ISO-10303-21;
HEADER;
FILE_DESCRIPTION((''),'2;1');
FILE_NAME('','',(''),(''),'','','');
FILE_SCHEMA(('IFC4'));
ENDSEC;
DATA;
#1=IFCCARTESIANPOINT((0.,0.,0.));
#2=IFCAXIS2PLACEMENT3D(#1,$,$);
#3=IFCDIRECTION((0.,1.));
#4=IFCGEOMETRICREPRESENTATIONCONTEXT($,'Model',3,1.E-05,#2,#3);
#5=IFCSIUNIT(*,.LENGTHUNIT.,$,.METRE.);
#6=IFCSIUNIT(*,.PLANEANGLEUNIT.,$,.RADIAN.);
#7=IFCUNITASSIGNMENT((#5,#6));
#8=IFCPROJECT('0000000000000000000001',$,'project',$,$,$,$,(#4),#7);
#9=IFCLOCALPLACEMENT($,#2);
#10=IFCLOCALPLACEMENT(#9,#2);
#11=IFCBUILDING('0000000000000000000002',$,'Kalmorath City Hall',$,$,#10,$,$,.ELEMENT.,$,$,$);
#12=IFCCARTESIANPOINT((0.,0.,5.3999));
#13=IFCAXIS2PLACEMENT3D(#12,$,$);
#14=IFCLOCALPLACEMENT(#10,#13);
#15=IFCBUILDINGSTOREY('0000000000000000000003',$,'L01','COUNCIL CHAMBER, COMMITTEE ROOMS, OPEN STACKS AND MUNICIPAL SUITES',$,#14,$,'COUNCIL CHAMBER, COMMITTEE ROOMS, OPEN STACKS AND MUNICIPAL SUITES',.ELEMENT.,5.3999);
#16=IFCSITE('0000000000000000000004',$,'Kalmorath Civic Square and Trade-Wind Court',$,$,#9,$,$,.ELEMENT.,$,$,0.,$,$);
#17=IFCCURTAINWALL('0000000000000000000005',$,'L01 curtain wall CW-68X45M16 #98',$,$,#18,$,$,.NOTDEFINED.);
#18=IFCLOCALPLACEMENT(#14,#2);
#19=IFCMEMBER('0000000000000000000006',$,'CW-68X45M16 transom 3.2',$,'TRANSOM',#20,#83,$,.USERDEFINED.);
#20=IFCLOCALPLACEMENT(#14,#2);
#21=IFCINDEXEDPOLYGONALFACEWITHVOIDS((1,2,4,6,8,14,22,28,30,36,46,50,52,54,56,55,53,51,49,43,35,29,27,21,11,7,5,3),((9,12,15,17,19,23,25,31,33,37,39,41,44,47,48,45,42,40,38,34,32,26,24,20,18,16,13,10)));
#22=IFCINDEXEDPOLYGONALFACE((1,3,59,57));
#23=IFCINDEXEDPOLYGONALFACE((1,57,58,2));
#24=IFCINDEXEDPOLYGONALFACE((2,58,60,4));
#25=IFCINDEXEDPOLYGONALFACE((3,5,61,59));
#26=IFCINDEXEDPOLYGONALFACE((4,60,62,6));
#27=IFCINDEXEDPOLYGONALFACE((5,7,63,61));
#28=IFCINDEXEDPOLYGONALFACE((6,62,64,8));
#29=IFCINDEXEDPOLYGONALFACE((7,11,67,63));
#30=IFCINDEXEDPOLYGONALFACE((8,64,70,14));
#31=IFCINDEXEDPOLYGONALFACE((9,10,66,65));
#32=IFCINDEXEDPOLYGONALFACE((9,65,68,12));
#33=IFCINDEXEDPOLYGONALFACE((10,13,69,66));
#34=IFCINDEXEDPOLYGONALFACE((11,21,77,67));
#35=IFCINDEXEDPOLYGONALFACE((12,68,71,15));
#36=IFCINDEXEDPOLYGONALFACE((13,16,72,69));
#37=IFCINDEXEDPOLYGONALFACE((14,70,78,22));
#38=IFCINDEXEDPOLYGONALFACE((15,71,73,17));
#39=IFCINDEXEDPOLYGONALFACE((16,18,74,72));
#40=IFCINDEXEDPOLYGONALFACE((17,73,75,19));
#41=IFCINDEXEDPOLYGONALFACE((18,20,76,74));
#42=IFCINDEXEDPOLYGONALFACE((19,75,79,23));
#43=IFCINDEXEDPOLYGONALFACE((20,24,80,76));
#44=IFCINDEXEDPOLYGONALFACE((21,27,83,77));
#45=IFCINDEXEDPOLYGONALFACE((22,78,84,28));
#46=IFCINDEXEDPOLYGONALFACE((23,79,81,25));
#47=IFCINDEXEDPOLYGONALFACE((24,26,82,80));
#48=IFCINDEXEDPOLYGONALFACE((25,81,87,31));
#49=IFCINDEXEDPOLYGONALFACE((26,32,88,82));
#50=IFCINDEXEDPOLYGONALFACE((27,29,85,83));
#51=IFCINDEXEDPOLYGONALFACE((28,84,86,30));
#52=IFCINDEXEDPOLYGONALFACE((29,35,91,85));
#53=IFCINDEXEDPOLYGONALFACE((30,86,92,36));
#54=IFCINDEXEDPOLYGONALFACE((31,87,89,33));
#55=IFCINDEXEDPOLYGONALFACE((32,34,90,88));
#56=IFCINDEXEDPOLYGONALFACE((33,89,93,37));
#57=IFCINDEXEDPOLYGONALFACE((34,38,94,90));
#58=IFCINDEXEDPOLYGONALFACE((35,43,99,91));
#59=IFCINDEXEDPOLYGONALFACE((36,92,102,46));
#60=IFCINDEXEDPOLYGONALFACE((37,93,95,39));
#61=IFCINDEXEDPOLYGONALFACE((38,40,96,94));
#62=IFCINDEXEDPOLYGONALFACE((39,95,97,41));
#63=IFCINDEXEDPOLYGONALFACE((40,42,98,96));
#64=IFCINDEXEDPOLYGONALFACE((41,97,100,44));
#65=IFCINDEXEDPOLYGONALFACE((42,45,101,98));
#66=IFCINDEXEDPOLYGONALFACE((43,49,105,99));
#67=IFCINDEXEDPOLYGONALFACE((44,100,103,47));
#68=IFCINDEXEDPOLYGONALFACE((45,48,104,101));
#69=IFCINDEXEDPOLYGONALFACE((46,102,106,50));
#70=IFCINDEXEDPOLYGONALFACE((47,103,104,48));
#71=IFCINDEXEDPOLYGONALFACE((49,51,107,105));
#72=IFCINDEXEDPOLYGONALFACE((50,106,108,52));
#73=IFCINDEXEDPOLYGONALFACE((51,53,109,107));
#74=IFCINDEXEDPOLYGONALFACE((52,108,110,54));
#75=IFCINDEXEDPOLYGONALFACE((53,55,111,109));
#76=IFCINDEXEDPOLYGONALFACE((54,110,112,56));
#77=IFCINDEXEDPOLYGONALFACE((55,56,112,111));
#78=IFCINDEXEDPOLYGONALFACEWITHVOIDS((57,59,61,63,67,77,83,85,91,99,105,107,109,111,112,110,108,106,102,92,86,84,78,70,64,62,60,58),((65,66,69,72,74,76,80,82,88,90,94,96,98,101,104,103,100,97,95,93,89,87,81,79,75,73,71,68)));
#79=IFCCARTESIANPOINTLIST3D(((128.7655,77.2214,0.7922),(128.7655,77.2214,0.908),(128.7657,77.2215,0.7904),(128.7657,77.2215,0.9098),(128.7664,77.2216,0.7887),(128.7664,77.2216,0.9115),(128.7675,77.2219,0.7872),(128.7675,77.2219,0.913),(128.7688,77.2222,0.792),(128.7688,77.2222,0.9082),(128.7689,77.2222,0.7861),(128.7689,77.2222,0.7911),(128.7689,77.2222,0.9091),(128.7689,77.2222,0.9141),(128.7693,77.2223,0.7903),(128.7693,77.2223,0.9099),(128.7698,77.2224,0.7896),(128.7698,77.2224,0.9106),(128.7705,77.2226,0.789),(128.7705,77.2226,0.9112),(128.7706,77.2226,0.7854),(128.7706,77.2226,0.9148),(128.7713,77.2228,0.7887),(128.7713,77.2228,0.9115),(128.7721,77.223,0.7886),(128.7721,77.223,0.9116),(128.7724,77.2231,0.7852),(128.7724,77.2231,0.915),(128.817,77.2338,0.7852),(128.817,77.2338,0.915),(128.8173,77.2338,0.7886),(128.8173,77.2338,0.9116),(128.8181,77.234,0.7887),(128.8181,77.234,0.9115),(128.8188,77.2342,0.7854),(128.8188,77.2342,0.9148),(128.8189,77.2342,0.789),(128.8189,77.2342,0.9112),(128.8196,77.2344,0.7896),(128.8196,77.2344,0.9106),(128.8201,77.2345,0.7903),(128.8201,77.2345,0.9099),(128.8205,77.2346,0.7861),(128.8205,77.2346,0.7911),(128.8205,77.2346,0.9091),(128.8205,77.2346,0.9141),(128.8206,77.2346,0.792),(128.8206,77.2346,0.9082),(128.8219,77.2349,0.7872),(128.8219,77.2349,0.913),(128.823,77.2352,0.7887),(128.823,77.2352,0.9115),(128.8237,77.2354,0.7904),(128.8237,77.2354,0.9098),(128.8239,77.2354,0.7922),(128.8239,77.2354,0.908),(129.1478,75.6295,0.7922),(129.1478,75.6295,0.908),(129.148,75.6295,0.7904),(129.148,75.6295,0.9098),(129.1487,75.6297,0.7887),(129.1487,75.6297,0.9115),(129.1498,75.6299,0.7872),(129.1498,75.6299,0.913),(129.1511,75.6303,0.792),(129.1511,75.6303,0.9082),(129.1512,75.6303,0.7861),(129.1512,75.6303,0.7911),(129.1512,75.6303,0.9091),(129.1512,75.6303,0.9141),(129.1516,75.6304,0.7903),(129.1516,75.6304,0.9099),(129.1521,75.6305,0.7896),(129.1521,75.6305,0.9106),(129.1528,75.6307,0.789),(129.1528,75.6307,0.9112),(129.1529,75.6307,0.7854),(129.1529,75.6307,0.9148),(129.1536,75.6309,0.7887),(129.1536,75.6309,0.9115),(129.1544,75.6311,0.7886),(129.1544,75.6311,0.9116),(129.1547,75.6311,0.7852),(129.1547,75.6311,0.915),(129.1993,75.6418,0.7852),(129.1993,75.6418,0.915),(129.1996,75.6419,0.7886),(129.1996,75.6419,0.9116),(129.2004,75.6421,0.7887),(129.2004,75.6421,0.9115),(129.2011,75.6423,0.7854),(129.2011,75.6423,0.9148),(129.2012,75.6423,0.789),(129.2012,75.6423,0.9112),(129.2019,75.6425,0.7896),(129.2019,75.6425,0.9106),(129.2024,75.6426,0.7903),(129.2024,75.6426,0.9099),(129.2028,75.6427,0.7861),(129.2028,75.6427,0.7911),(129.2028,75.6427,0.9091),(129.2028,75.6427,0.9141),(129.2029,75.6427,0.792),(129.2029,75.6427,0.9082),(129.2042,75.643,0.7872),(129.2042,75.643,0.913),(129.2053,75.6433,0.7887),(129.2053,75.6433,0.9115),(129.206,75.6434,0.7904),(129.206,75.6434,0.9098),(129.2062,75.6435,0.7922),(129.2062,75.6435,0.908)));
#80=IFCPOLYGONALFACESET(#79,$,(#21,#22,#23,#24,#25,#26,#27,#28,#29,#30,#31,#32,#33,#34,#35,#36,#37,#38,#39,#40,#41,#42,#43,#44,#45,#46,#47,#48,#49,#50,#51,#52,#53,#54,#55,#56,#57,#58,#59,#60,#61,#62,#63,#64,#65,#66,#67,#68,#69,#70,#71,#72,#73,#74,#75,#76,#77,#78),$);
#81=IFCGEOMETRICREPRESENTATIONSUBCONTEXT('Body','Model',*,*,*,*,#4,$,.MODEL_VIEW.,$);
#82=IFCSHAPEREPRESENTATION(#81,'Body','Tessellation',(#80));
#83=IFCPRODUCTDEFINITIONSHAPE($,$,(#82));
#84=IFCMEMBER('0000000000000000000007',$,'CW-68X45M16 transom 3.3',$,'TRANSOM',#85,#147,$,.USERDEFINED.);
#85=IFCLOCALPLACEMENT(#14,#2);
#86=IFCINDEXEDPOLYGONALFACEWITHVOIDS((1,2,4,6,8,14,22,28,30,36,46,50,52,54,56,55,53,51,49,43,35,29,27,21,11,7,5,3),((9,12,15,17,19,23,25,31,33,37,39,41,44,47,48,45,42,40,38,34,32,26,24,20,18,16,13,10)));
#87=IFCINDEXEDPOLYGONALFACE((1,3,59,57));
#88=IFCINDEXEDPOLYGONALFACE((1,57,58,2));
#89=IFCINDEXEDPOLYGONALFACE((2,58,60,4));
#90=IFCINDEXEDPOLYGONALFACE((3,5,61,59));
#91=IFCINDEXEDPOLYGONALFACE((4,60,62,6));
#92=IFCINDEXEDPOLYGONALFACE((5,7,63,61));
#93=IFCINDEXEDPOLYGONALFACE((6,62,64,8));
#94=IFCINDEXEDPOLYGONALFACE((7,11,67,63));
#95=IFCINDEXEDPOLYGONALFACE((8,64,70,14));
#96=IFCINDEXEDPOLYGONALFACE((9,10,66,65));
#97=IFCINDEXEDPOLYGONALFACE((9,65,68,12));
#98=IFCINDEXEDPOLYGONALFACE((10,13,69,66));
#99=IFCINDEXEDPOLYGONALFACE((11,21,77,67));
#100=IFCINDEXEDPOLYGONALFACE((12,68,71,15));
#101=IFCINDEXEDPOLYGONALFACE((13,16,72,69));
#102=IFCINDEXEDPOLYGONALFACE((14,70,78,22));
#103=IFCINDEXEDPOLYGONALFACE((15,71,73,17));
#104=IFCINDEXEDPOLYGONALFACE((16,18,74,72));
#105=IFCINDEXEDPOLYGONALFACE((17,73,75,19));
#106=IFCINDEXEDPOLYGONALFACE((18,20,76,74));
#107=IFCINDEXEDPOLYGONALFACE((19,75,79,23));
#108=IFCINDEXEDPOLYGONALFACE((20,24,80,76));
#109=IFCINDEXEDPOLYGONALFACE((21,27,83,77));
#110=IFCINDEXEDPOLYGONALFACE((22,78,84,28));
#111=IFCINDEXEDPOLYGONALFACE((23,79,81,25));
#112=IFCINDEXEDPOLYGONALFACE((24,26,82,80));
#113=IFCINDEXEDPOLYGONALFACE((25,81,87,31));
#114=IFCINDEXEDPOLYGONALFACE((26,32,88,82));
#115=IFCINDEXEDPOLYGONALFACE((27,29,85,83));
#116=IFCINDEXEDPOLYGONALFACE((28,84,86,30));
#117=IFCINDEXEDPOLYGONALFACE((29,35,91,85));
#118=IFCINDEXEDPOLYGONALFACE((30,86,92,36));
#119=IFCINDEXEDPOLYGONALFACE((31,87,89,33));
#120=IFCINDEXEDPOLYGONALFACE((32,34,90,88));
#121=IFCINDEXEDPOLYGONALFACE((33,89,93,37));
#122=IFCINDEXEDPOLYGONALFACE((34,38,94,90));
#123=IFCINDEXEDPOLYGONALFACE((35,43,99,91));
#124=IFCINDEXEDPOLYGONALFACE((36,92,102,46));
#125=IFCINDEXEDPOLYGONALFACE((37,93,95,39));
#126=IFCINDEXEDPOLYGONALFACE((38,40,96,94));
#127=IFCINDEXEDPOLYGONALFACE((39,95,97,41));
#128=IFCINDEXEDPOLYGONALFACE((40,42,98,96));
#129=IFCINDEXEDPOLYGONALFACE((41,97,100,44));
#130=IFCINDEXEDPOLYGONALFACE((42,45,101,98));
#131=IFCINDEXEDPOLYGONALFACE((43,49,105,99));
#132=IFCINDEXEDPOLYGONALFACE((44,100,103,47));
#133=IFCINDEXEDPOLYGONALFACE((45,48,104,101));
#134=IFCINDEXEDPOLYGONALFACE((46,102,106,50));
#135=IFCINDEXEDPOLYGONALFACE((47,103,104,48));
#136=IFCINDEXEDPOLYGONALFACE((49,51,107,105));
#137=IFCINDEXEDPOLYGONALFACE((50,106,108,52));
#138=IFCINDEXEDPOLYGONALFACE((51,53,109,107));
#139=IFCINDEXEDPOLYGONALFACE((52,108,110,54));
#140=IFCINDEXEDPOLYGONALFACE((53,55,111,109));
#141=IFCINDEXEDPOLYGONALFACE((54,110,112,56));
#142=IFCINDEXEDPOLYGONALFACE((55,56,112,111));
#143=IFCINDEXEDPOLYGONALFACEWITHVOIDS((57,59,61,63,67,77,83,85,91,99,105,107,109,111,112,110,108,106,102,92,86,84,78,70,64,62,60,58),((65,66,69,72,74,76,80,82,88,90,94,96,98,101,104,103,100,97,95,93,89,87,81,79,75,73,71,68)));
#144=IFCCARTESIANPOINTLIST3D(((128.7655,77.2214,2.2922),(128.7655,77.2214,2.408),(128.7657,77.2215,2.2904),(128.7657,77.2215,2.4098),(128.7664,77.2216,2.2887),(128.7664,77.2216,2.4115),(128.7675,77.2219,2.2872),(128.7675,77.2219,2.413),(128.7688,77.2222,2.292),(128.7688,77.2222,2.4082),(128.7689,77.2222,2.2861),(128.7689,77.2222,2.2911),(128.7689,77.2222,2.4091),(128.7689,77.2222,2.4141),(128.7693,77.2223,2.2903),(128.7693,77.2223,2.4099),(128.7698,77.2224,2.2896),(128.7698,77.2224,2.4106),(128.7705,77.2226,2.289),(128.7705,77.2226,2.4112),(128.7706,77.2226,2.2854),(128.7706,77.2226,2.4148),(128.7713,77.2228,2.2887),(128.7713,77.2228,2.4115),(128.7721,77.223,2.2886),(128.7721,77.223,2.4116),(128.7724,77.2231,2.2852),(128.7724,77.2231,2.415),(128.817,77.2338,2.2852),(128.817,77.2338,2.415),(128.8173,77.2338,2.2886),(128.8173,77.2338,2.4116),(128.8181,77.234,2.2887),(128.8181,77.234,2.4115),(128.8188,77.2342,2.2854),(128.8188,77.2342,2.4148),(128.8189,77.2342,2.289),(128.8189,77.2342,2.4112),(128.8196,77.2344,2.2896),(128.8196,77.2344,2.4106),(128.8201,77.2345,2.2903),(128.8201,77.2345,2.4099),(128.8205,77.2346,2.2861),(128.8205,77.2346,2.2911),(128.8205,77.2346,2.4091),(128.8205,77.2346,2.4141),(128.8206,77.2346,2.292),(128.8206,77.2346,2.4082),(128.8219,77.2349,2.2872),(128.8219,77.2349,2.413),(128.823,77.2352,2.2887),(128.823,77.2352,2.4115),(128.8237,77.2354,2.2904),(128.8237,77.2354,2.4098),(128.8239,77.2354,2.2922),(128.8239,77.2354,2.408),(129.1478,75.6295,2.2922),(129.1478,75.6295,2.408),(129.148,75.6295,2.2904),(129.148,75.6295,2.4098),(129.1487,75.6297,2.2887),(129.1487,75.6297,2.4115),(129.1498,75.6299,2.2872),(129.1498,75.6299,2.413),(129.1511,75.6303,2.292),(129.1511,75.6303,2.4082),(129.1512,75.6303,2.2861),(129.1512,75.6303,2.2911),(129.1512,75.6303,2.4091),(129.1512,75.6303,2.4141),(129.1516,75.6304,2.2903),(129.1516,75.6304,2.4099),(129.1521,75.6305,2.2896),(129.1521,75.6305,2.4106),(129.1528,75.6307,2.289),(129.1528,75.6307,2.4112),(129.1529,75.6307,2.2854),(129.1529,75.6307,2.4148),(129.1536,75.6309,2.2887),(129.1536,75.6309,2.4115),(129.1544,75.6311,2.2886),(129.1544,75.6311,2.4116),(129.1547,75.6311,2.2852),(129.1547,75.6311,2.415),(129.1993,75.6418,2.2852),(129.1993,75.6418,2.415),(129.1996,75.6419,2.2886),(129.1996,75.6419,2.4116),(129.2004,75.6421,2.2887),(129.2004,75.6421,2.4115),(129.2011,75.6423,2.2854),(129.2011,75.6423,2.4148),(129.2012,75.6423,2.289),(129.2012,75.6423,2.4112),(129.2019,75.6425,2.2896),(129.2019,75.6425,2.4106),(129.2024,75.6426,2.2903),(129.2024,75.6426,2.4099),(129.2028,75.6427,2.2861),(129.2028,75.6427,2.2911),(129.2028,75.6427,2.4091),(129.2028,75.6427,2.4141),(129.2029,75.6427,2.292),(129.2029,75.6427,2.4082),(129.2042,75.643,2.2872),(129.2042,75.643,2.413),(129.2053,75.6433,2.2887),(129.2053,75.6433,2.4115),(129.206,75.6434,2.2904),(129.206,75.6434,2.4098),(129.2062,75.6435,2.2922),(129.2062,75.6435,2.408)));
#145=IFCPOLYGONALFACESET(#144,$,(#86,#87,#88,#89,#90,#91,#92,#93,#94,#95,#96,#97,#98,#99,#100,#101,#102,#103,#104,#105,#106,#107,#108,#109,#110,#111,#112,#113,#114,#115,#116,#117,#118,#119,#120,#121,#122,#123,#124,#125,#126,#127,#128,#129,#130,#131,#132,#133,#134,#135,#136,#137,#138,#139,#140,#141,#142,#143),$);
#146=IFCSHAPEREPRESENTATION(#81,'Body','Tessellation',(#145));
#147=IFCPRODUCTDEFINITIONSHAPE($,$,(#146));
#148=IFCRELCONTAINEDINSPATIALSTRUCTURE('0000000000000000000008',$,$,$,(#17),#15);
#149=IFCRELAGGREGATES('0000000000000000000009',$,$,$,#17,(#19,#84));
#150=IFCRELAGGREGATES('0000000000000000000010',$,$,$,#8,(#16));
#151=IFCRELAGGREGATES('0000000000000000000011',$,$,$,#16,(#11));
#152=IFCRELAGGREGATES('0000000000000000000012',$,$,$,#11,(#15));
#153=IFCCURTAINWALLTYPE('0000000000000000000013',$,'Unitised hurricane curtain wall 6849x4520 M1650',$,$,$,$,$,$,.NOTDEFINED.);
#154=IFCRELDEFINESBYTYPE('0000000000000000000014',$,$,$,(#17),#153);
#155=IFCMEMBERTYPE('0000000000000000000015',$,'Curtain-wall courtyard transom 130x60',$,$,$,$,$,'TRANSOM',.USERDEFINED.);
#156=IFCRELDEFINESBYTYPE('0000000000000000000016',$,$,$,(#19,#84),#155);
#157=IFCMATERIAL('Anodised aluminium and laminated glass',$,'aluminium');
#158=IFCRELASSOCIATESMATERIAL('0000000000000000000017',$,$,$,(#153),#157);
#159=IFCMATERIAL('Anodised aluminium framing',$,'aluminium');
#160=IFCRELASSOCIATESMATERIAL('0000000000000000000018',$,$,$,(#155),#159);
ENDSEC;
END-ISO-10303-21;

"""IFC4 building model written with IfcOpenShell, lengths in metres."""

from ifc_helpers import new_model, si_unit, direction, frame, origin, origin_2d, place, context, subcontext, project, spatial, hollow_rectangle, extrude, material, material_profile, profile_set, type_object, element, aggregate, save


model = new_model("IFC4")

# Units and contexts
model_context = context("Model", 3, precision=1e-05, world=origin(), true_north=direction((0.0, 1.0)))
body_context = subcontext(model_context, "Body", "Model", "MODEL_VIEW")
ifc_project = project(units=[si_unit("LENGTHUNIT", "METRE"), si_unit("PLANEANGLEUNIT", "RADIAN")], contexts=[model_context])

# Site, building, storey
site_placement = place(None, origin())
site = spatial("IfcSite", under=ifc_project, at=site_placement, Name="Kalmorath Civic Square and Trade-Wind Court", CompositionType="ELEMENT", RefElevation=0.0)
building_placement = place(site_placement, origin())
building = spatial("IfcBuilding", under=site, at=building_placement, Name="Kalmorath City Hall", CompositionType="ELEMENT")
storey_placement = place(building_placement, frame((0.0, 0.0, 5.3999)))
storey = spatial("IfcBuildingStorey", under=building, at=storey_placement, Name="L01", Description="COUNCIL CHAMBER, COMMITTEE ROOMS, OPEN STACKS AND MUNICIPAL SUITES", LongName="COUNCIL CHAMBER, COMMITTEE ROOMS, OPEN STACKS AND MUNICIPAL SUITES", CompositionType="ELEMENT", Elevation=5.3999)

# Curtain wall, members
ifc_material_1 = material(Name="Anodised aluminium and laminated glass", Category="aluminium")
curtain_wall_type = type_object("IfcCurtainWallType", Name="Unitised hurricane curtain wall 6849x4520 M1650", PredefinedType="NOTDEFINED", material=ifc_material_1)
curtain_wall_placement = place(storey_placement, origin())
curtain_wall = element("IfcCurtainWall", 1, at=curtain_wall_placement, inside=storey, type_object=curtain_wall_type, Name="L01 curtain wall CW-68X45M16 #98", PredefinedType="NOTDEFINED")
ifc_material_2 = material(Name="Anodised aluminium framing", Category="aluminium")
ifc_material_profile_1 = material_profile(ifc_material_2, hollow_rectangle(XDim=0.0601, YDim=0.1299, WallThickness=0.0034, InnerFilletRadius=0.0034, OuterFilletRadius=0.0071, at=origin_2d()), Name="ALU-TRN-130X60X3.5")
ifc_profile_set_1 = profile_set([ifc_material_profile_1], Name="Anodised aluminium framing")
member_type_1 = type_object("IfcMemberType", Name="Curtain-wall courtyard transom 130x60", ElementType="TRANSOM", PredefinedType="USERDEFINED", material=ifc_profile_set_1)
member_1_placement = place(storey_placement, frame((129.177, 75.6365, 0.8501), z_axis=(-0.233508, 0.972355, 0.0), x_axis=(-0.972355, -0.233508, 0.0)))
member_1 = element("IfcMember", 2, at=member_1_placement, type_object=member_type_1, Name="CW-68X45M16 transom 3.2", ObjectType="TRANSOM", PredefinedType="USERDEFINED", context=body_context, shape_type="SweptSolid", body=[
    extrude(hollow_rectangle(XDim=0.0601, YDim=0.1299, WallThickness=0.0034, InnerFilletRadius=0.0034, OuterFilletRadius=0.0071, at=origin_2d()), origin(), (0.0, 0.0, 1.0), 1.6372),
])
member_2_placement = place(storey_placement, frame((129.177, 75.6365, 2.3501), z_axis=(-0.233508, 0.972355, 0.0), x_axis=(-0.972355, -0.233508, 0.0)))
member_2 = element("IfcMember", 3, at=member_2_placement, type_object=member_type_1, Name="CW-68X45M16 transom 3.3", ObjectType="TRANSOM", PredefinedType="USERDEFINED", context=body_context, shape_type="SweptSolid", body=[
    extrude(hollow_rectangle(XDim=0.0601, YDim=0.1299, WallThickness=0.0034, InnerFilletRadius=0.0034, OuterFilletRadius=0.0071, at=origin_2d()), origin(), (0.0, 0.0, 1.0), 1.6372),
])
aggregate(curtain_wall, [member_1, member_2])

save(model, "model.ifc")
